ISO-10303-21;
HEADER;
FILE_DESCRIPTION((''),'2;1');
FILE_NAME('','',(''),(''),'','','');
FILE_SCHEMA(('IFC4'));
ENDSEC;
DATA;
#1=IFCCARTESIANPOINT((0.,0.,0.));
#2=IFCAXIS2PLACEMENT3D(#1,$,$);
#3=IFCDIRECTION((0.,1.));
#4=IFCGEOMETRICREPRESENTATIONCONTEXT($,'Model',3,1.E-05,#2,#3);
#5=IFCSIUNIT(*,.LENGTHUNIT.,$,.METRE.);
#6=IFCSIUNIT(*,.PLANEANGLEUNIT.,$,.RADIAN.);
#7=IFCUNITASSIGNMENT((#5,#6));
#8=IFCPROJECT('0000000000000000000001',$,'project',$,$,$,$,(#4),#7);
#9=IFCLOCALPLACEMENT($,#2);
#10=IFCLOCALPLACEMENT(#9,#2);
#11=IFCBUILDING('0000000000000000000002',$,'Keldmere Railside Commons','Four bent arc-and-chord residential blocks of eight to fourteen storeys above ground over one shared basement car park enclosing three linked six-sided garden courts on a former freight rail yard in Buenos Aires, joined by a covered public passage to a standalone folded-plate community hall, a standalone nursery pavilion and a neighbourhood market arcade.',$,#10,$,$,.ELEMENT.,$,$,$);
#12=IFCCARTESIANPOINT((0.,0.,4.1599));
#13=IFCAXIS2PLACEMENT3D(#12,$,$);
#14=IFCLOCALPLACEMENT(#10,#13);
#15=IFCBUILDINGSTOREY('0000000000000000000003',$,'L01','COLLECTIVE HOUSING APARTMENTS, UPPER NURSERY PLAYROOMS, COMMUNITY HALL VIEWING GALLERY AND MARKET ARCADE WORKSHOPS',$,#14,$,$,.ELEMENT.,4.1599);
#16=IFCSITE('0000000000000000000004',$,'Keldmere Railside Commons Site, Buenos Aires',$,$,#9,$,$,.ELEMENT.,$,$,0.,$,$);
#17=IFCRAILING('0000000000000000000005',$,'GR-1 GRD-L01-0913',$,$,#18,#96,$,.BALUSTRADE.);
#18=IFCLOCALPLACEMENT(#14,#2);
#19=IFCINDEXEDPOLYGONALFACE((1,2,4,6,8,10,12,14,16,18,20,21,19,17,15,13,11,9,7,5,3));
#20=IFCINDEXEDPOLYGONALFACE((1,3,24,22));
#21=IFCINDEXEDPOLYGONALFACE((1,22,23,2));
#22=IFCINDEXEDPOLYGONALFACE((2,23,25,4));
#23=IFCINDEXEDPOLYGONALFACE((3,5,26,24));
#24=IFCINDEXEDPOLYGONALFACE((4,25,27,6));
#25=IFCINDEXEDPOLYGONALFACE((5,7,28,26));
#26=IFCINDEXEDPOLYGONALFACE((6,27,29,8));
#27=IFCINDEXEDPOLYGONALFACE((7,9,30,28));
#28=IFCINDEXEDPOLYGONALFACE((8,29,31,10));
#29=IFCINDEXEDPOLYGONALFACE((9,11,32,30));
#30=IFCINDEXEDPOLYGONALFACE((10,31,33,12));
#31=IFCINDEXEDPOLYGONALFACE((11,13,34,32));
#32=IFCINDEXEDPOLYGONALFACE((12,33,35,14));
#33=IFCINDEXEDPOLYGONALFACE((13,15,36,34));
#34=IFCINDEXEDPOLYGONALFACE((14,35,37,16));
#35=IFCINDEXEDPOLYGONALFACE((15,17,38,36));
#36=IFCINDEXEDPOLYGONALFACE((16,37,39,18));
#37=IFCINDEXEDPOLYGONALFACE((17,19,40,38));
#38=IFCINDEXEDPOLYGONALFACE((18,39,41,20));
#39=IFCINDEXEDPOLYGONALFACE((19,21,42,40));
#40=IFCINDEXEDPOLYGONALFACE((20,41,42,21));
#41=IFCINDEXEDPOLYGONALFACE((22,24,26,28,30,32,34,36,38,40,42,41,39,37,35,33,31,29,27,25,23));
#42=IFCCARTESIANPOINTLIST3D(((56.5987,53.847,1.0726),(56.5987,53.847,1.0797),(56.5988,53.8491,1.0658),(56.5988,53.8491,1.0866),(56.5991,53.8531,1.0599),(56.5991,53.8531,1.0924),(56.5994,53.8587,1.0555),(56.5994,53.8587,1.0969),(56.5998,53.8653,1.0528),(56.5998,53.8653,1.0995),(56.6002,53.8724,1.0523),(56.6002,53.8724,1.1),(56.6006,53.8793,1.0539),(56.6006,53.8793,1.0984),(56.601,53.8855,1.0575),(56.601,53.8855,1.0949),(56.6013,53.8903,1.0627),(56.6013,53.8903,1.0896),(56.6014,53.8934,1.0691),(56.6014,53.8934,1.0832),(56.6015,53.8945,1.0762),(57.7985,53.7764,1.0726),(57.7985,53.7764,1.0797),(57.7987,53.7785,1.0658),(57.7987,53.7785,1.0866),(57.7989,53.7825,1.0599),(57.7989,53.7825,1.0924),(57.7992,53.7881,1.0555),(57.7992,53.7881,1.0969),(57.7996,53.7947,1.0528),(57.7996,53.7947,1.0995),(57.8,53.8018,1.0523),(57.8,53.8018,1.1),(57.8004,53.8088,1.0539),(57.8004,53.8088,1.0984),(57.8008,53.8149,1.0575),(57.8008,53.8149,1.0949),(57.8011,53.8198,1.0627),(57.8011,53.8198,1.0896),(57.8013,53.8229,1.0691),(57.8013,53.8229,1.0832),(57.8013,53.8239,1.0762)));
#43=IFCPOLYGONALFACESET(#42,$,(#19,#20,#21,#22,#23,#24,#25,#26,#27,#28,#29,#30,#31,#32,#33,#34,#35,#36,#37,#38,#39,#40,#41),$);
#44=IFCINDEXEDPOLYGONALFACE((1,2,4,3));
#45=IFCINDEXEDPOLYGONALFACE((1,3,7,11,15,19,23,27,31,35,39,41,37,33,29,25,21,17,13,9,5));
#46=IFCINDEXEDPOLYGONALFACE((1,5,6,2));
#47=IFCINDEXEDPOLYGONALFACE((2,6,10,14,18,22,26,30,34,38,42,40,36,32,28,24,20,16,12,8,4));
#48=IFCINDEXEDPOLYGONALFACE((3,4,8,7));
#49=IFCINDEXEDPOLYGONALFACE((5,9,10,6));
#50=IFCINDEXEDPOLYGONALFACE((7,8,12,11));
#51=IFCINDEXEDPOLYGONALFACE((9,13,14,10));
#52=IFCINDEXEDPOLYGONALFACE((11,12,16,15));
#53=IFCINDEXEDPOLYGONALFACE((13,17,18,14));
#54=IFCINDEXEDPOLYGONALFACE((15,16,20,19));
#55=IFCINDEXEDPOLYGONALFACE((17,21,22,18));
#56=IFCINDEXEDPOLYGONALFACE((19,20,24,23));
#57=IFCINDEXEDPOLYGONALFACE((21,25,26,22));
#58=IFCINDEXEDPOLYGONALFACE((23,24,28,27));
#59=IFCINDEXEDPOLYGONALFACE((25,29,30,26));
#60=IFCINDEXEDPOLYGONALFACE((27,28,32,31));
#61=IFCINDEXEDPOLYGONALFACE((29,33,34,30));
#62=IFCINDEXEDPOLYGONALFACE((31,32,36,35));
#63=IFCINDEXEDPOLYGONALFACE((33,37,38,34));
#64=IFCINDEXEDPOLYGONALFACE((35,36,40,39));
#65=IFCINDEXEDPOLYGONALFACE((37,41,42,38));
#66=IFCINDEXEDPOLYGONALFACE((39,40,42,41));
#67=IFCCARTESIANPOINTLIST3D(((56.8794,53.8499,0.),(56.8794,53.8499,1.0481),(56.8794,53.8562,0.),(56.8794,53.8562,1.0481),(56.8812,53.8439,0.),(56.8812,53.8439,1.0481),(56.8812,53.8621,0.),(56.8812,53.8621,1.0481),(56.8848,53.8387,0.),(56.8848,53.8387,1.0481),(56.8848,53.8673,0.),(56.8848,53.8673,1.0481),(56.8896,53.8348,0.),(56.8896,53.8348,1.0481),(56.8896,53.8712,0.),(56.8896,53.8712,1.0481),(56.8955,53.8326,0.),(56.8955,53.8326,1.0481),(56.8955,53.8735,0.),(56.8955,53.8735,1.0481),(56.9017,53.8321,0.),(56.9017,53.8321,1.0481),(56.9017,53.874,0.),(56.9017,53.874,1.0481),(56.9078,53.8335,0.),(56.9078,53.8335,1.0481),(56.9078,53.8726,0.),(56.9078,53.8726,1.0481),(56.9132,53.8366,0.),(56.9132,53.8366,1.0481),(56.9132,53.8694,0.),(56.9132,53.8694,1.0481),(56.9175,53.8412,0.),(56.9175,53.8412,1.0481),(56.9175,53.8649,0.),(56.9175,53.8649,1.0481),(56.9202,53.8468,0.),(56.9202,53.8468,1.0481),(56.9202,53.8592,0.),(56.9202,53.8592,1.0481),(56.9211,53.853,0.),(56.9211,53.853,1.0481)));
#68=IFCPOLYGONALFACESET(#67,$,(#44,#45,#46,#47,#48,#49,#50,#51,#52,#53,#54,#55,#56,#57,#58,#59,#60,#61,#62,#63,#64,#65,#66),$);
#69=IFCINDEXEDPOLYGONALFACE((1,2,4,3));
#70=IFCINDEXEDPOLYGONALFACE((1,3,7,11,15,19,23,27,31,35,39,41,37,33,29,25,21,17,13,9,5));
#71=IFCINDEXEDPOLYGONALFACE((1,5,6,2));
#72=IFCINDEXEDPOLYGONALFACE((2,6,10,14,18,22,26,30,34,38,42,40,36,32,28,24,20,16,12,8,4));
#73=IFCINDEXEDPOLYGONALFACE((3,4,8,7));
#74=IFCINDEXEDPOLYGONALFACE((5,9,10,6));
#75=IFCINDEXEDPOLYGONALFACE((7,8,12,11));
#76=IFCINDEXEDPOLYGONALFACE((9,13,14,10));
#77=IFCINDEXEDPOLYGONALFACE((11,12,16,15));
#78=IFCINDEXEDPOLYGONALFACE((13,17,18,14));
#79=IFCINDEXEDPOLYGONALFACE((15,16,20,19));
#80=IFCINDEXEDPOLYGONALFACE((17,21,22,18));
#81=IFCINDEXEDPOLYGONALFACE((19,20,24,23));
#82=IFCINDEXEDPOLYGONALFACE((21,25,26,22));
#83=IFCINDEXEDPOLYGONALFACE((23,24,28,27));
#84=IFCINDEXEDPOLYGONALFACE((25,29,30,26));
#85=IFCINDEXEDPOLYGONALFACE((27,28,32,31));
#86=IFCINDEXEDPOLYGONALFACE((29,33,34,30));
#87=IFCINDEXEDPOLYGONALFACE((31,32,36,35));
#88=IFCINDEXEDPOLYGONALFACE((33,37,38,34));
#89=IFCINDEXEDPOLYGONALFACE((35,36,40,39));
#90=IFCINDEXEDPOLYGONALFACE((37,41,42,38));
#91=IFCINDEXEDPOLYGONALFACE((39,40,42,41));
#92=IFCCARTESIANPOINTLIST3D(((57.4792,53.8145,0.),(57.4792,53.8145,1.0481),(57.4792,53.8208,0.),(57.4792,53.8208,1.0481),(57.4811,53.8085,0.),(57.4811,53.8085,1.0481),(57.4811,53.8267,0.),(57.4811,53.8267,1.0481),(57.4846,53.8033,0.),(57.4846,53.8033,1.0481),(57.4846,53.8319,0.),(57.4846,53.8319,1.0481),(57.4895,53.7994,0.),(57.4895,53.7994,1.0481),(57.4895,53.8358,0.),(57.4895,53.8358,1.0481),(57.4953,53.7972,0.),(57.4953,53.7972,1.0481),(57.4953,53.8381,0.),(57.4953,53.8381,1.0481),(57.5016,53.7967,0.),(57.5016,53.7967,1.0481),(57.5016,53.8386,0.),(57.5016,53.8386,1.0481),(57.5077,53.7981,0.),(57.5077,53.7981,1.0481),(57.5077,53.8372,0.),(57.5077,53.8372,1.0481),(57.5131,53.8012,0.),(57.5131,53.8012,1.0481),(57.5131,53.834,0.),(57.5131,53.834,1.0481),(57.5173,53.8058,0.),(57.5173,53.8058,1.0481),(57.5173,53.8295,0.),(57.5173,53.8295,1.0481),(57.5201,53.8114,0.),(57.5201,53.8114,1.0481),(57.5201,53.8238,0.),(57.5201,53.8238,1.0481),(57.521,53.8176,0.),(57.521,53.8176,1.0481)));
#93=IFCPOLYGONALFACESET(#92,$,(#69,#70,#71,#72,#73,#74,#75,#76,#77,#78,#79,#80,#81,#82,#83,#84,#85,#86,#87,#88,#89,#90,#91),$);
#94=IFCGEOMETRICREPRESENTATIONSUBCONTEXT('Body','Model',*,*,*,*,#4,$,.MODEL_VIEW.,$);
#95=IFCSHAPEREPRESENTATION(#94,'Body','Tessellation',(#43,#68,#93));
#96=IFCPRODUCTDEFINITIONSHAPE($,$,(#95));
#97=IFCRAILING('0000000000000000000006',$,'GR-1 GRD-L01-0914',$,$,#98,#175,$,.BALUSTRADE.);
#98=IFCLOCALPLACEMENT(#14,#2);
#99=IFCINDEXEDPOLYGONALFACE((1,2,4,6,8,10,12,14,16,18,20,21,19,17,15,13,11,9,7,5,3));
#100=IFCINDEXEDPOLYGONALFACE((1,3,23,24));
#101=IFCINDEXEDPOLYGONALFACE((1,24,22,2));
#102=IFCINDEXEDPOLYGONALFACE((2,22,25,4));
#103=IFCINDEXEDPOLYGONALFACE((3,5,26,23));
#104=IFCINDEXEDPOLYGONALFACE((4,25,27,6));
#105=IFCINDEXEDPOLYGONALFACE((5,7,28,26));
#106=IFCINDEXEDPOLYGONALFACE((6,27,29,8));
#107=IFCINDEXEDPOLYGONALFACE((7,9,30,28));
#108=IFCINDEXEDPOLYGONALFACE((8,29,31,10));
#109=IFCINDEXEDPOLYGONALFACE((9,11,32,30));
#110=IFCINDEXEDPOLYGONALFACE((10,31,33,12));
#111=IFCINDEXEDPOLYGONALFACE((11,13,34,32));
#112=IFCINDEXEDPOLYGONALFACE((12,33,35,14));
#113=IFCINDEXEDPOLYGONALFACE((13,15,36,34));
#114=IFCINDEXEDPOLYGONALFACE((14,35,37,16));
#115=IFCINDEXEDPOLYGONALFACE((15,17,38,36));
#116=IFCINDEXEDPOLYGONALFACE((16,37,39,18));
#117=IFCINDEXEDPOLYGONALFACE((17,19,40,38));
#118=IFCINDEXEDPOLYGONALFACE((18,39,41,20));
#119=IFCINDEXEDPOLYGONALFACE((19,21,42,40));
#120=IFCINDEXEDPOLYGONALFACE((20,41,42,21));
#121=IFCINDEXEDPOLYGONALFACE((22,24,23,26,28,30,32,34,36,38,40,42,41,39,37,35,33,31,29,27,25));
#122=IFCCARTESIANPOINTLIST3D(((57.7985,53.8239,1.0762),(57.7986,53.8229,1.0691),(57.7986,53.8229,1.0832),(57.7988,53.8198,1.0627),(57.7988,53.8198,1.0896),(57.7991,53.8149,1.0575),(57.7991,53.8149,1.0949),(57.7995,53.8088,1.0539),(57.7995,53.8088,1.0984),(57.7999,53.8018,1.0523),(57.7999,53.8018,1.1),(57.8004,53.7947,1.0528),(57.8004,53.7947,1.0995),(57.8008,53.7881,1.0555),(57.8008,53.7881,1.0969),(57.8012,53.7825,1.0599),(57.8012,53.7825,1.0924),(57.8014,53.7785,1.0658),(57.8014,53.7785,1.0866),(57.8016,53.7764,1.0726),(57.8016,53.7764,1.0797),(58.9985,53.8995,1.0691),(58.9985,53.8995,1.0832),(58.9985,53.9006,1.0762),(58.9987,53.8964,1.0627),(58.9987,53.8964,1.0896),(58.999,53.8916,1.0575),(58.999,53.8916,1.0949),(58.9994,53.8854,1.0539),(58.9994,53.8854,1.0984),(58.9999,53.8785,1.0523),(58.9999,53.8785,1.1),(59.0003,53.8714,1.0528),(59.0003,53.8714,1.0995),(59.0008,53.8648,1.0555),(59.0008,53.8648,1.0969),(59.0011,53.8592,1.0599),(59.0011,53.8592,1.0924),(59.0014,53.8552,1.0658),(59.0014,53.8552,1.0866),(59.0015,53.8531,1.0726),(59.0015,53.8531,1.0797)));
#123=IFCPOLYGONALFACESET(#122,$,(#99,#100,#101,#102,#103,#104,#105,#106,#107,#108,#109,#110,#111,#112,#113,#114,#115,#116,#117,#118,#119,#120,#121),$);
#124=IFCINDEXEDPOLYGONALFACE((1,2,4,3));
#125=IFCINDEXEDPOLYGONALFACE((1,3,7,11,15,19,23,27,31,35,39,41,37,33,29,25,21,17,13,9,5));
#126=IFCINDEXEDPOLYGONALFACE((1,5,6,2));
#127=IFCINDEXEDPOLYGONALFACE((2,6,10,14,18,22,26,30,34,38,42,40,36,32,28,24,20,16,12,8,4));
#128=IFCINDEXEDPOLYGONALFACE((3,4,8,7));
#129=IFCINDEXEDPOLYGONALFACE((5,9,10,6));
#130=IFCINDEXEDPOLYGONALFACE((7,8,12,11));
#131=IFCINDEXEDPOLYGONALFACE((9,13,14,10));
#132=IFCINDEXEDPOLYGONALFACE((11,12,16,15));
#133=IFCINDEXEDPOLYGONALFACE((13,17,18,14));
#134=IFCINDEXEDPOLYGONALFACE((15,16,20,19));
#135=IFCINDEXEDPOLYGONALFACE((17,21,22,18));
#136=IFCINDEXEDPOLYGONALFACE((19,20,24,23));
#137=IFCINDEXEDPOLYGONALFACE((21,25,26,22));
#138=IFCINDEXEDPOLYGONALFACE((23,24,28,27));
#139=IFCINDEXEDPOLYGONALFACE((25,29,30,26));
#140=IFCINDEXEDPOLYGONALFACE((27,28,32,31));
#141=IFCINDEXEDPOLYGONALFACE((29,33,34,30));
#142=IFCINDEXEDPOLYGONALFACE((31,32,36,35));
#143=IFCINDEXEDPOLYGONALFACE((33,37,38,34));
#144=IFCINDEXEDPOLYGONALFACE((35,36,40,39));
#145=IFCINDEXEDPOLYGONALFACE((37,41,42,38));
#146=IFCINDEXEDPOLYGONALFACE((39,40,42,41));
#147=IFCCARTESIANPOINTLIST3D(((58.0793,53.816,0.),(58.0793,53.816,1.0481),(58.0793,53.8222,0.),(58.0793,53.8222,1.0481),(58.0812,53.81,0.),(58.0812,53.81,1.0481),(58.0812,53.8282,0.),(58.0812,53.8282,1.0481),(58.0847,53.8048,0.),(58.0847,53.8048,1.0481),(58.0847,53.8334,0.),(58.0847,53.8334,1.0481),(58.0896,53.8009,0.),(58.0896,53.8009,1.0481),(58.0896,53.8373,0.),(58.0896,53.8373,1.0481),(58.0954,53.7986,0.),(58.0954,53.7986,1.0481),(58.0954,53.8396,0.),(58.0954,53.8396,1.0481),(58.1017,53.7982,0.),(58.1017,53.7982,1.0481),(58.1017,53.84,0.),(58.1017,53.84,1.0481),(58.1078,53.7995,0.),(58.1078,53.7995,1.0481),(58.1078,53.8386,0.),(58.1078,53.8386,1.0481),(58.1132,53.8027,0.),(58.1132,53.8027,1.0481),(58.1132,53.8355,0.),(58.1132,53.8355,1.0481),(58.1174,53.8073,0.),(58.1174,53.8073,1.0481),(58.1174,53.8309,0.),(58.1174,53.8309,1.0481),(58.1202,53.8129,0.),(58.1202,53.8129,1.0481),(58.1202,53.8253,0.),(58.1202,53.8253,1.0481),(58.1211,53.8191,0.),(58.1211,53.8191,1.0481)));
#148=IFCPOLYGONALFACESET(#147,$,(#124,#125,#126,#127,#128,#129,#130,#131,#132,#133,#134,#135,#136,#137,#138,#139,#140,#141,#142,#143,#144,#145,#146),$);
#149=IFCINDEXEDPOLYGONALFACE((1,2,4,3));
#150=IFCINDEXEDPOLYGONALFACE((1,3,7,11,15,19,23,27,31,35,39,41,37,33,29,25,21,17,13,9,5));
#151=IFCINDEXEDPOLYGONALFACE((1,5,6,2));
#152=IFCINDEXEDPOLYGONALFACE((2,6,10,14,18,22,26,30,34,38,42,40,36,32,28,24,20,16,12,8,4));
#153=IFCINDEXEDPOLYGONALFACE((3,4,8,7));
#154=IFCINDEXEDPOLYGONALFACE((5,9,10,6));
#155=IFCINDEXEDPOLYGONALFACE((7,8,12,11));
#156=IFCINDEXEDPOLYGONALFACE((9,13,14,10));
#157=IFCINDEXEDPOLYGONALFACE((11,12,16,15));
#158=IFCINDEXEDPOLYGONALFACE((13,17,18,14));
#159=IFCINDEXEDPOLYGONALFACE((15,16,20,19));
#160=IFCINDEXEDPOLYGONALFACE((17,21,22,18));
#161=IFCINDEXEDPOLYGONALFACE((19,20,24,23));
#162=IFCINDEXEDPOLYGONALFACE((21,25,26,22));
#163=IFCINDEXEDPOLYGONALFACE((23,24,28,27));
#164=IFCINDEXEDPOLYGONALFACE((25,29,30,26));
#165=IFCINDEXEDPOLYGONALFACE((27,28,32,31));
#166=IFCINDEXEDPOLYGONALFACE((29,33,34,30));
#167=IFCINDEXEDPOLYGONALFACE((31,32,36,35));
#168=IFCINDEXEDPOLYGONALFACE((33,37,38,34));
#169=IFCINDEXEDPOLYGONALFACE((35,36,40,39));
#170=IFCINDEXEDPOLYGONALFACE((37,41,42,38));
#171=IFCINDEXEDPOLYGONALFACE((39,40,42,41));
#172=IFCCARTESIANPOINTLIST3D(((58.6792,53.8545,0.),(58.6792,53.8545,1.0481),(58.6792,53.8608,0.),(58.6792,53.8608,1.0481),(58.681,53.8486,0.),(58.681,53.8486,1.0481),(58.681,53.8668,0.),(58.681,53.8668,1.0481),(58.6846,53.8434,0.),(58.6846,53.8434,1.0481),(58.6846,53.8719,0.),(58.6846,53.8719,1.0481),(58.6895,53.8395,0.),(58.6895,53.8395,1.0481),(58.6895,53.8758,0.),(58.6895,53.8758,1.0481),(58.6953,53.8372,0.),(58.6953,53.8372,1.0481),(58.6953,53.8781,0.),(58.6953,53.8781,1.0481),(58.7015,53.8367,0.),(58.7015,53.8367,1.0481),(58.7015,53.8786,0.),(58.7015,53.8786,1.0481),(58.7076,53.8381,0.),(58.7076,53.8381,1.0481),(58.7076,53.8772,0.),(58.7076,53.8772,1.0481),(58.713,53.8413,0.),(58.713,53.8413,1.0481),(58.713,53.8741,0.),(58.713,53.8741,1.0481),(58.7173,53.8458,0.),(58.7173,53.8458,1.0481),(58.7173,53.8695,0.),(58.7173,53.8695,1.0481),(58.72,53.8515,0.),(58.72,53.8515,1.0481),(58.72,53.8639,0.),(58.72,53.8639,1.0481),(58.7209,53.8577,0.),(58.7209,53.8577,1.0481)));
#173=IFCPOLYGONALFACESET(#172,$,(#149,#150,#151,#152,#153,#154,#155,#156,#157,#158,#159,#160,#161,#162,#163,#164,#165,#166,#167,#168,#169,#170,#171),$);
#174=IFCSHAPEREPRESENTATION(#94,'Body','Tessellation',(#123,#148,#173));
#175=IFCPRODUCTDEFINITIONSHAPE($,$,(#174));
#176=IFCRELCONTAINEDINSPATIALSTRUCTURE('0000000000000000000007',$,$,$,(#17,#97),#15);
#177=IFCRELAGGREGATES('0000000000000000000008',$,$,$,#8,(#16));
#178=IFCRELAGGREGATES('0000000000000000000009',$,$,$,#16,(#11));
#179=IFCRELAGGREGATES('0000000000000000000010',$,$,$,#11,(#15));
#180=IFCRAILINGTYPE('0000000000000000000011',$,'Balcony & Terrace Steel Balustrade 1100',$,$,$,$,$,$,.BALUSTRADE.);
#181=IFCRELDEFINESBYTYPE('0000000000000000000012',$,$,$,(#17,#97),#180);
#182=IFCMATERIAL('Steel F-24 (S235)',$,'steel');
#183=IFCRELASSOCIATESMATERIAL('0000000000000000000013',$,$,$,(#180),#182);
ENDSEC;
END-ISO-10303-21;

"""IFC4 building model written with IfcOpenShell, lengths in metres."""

from ifc_helpers import new_model, si_unit, direction, frame, origin, origin_2d, place, context, subcontext, project, spatial, circle, extrude, material, type_object, element, save


model = new_model("IFC4")

# Units and contexts
model_context = context("Model", 3, precision=1e-05, world=origin(), true_north=direction((0.0, 1.0)))
body_context = subcontext(model_context, "Body", "Model", "MODEL_VIEW")
ifc_project = project(units=[si_unit("LENGTHUNIT", "METRE"), si_unit("PLANEANGLEUNIT", "RADIAN")], contexts=[model_context])

# Site, building, storey
site_placement = place(None, origin())
site = spatial("IfcSite", under=ifc_project, at=site_placement, Name="Keldmere Railside Commons Site, Buenos Aires", CompositionType="ELEMENT", RefElevation=0.0)
building_placement = place(site_placement, origin())
building = spatial("IfcBuilding", under=site, at=building_placement, Name="Keldmere Railside Commons", Description="Four bent arc-and-chord residential blocks of eight to fourteen storeys above ground over one shared basement car park enclosing three linked six-sided garden courts on a former freight rail yard in Buenos Aires, joined by a covered public passage to a standalone folded-plate community hall, a standalone nursery pavilion and a neighbourhood market arcade.", CompositionType="ELEMENT")
storey_placement = place(building_placement, frame((0.0, 0.0, 4.1599)))
storey = spatial("IfcBuildingStorey", under=building, at=storey_placement, Name="L01", Description="COLLECTIVE HOUSING APARTMENTS, UPPER NURSERY PLAYROOMS, COMMUNITY HALL VIEWING GALLERY AND MARKET ARCADE WORKSHOPS", CompositionType="ELEMENT", Elevation=4.1599)

# Shared definitions
ifc_material_1 = material(Name="Steel F-24 (S235)", Category="steel")

# Railings
railing_type = type_object("IfcRailingType", Name="Balcony & Terrace Steel Balustrade 1100", PredefinedType="BALUSTRADE", material=ifc_material_1)
railing_1_placement = place(storey_placement, frame((56.6001, 53.8706, 0.0)))
element("IfcRailing", 1, at=railing_1_placement, inside=storey, type_object=railing_type, Name="GR-1 GRD-L01-0913", PredefinedType="BALUSTRADE", context=body_context, shape_type="SweptSolid", body=[
    extrude(circle(Radius=0.0239, at=origin_2d()), frame((0.0, 0.0, 1.0762), z_axis=(0.998276, -0.058698, 0.0), x_axis=(0.058698, 0.998276, 0.0)), (0.0, 0.0, 1.0), 1.2019),
    extrude(circle(Radius=0.021, at=origin_2d()), frame((0.3, -0.0176, 0.0)), (0.0, 0.0, 1.0), 1.0481),
    extrude(circle(Radius=0.021, at=origin_2d()), frame((0.8999, -0.053, 0.0)), (0.0, 0.0, 1.0), 1.0481),
])
railing_2_placement = place(storey_placement, frame((57.8, 53.8, 0.0)))
element("IfcRailing", 2, at=railing_2_placement, inside=storey, type_object=railing_type, Name="GR-1 GRD-L01-0914", PredefinedType="BALUSTRADE", context=body_context, shape_type="SweptSolid", body=[
    extrude(circle(Radius=0.0239, at=origin_2d()), frame((0.0, 0.0, 1.0762), z_axis=(0.997966, 0.063756, 0.0), x_axis=(-0.063756, 0.997966, 0.0)), (0.0, 0.0, 1.0), 1.2024),
    extrude(circle(Radius=0.021, at=origin_2d()), frame((0.3, 0.019, 0.0)), (0.0, 0.0, 1.0), 1.0481),
    extrude(circle(Radius=0.021, at=origin_2d()), frame((0.8999, 0.0576, 0.0)), (0.0, 0.0, 1.0), 1.0481),
])

save(model, "model.ifc")
